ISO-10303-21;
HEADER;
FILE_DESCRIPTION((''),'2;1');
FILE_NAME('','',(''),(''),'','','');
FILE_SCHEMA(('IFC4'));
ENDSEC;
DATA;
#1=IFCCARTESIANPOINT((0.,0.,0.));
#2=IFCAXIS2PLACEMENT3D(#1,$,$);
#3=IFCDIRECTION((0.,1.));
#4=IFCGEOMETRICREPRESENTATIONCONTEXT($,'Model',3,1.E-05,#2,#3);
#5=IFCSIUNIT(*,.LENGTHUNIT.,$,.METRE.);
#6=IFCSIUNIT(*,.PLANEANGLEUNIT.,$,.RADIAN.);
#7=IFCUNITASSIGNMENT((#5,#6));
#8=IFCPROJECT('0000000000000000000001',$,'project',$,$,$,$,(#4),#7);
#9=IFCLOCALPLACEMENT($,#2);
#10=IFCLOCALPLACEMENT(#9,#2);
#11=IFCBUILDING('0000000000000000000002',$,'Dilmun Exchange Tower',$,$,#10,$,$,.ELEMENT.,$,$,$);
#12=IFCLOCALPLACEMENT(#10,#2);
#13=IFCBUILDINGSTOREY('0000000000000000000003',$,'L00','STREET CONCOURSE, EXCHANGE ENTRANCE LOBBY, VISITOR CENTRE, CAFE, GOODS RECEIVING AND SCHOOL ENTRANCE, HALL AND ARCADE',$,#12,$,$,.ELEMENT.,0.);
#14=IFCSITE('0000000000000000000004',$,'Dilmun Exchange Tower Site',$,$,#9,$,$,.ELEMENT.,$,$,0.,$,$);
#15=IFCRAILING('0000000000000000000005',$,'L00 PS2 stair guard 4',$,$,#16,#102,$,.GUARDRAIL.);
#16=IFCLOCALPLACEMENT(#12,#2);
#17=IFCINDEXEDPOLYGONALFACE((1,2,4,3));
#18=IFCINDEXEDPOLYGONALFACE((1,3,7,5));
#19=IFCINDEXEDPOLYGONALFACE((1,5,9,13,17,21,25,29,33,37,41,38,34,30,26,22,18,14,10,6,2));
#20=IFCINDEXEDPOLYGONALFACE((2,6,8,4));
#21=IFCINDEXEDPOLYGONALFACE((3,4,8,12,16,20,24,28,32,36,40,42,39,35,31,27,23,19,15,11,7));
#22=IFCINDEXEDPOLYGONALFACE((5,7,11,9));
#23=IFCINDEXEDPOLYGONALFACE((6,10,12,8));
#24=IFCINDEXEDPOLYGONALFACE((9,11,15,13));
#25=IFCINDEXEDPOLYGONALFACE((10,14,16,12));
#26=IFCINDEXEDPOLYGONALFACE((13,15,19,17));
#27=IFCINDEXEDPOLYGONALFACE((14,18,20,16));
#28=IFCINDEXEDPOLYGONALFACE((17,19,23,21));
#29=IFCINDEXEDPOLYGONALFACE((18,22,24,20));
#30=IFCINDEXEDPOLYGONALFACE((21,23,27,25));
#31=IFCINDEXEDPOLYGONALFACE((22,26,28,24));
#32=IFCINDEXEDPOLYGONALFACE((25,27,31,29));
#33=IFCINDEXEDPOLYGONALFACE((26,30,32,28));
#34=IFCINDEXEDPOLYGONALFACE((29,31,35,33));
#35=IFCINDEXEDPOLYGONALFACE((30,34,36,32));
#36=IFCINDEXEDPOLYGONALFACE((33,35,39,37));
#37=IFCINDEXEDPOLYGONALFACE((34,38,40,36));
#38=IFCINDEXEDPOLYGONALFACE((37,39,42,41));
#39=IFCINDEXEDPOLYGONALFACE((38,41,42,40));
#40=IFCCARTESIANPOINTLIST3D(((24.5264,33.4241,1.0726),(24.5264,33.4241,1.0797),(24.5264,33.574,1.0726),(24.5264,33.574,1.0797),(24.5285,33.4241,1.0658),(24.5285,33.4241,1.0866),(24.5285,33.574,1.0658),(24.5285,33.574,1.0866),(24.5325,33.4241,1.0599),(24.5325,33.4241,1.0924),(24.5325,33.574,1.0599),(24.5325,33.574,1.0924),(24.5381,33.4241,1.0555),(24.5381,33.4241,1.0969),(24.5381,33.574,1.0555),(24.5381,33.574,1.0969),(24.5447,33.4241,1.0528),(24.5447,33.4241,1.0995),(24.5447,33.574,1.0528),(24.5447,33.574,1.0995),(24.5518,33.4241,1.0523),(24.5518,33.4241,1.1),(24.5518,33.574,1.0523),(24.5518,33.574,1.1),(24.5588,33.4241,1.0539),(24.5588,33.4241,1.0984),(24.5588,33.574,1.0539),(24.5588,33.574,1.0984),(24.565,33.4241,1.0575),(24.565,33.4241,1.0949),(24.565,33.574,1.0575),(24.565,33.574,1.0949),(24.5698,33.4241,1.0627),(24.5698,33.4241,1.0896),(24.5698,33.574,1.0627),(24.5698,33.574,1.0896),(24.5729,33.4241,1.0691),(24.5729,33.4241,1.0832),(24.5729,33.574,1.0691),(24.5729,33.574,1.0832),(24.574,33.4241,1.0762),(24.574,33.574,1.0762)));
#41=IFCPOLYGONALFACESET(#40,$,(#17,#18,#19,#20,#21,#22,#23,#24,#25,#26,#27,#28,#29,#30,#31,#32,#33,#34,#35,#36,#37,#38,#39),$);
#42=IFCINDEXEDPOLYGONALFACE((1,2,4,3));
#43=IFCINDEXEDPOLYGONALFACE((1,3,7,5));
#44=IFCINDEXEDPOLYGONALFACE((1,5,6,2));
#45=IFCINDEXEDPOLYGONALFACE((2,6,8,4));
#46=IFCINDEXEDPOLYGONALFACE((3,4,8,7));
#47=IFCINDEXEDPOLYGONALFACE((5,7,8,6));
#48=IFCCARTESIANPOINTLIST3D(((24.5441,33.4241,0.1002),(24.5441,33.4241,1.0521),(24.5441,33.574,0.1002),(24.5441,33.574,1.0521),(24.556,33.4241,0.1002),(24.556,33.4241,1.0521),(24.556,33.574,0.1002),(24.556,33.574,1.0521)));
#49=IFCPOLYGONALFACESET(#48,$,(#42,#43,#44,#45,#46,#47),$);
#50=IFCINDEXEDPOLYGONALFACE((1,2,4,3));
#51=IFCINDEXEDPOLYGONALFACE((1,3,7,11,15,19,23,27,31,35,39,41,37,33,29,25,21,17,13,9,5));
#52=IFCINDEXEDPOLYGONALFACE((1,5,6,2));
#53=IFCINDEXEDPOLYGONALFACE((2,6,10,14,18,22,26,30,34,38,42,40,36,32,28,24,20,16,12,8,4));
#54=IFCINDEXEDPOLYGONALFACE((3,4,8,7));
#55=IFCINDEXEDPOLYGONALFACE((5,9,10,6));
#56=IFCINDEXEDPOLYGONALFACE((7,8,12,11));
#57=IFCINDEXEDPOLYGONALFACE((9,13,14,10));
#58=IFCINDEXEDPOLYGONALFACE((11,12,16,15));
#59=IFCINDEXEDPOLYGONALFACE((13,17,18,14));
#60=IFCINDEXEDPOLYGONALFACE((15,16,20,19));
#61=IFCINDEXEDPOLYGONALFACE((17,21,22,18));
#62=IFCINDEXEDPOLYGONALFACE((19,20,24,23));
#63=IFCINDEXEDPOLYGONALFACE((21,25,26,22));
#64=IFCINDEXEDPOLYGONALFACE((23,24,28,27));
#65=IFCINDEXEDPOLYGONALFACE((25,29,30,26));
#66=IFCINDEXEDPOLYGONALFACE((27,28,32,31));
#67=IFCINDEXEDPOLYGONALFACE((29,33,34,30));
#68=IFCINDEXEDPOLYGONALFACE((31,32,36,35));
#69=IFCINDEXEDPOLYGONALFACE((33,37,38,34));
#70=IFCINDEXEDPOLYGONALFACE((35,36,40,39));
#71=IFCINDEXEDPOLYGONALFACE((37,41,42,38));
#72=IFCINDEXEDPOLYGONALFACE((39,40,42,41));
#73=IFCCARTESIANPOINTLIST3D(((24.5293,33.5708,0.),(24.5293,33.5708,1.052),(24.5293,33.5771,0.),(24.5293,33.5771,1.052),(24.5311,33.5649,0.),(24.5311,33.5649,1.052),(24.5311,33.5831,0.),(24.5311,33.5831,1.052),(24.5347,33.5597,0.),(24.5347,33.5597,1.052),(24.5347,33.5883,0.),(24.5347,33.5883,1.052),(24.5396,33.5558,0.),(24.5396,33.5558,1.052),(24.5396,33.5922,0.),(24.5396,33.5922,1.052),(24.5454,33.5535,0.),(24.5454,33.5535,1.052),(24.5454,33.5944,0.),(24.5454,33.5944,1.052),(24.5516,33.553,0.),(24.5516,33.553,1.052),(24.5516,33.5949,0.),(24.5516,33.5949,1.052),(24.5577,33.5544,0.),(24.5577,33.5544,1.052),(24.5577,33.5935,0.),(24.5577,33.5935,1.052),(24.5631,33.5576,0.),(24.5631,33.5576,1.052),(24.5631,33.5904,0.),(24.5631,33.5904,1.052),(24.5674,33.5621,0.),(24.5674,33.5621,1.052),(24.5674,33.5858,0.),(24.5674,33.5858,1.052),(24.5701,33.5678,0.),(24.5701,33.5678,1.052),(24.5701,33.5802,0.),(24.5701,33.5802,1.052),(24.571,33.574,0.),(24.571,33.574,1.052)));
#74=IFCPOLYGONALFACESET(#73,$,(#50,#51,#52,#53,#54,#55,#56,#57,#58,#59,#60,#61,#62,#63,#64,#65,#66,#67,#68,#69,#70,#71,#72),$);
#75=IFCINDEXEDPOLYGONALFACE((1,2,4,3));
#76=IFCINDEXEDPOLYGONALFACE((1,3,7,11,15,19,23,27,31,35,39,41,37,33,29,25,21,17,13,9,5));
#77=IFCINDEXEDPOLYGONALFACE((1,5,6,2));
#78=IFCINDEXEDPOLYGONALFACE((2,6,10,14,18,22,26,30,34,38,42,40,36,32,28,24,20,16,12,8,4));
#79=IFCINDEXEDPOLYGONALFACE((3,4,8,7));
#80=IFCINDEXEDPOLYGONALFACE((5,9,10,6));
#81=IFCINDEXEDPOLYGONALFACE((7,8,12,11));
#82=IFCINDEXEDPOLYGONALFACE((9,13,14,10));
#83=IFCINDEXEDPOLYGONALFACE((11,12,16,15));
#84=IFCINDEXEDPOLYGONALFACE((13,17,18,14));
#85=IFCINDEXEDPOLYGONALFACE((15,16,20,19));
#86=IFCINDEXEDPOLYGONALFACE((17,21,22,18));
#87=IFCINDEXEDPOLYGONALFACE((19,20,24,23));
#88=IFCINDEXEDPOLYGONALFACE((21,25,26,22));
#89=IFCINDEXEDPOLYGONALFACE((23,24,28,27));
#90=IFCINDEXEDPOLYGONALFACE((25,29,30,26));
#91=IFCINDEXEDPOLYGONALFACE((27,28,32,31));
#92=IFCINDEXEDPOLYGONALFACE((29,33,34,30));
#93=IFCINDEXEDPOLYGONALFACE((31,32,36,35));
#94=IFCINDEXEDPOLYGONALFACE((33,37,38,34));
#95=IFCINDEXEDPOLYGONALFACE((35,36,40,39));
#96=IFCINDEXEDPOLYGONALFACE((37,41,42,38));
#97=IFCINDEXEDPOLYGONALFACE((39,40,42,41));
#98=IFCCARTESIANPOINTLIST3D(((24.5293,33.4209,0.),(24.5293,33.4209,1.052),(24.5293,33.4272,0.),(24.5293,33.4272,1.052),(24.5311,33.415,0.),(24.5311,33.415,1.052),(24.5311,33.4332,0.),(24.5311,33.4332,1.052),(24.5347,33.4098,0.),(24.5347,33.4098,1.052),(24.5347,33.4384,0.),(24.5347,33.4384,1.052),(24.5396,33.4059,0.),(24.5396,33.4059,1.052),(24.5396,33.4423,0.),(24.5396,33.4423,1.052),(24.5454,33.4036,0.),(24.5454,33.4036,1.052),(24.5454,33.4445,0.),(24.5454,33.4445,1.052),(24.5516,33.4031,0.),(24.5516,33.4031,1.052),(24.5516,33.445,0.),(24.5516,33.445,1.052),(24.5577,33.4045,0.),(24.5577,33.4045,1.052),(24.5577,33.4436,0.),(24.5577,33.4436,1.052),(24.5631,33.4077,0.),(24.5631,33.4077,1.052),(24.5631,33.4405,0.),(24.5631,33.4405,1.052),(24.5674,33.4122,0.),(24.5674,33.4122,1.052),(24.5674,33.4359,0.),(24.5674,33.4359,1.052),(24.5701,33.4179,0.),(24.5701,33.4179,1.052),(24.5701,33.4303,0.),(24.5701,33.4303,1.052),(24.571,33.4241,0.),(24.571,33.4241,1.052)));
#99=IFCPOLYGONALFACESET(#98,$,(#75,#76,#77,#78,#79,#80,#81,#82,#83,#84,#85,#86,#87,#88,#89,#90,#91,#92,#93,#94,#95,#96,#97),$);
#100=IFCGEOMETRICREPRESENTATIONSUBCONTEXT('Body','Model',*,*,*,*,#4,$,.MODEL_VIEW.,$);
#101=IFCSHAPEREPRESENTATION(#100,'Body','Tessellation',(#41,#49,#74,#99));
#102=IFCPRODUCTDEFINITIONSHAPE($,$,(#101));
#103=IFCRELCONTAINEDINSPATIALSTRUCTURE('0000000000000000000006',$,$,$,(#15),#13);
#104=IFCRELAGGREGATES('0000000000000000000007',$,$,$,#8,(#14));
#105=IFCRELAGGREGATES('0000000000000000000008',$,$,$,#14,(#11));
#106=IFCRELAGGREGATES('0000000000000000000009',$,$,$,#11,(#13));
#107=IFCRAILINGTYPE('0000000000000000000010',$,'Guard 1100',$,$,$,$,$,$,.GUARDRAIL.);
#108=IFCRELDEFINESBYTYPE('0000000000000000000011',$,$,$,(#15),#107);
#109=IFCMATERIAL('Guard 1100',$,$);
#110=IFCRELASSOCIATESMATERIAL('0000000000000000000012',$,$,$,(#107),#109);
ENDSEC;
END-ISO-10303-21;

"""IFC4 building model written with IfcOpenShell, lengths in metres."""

from ifc_helpers import new_model, si_unit, direction, frame, origin, origin_2d, place, context, subcontext, project, spatial, rectangle, circle, extrude, material, type_object, element, save


model = new_model("IFC4")

# Units and contexts
model_context = context("Model", 3, precision=1e-05, world=origin(), true_north=direction((0.0, 1.0)))
body_context = subcontext(model_context, "Body", "Model", "MODEL_VIEW")
ifc_project = project(units=[si_unit("LENGTHUNIT", "METRE"), si_unit("PLANEANGLEUNIT", "RADIAN")], contexts=[model_context])

# Site, building, storey
site_placement = place(None, origin())
site = spatial("IfcSite", under=ifc_project, at=site_placement, Name="Dilmun Exchange Tower Site", CompositionType="ELEMENT", RefElevation=0.0)
building_placement = place(site_placement, origin())
building = spatial("IfcBuilding", under=site, at=building_placement, Name="Dilmun Exchange Tower", CompositionType="ELEMENT")
storey_placement = place(building_placement, origin())
storey = spatial("IfcBuildingStorey", under=building, at=storey_placement, Name="L00", Description="STREET CONCOURSE, EXCHANGE ENTRANCE LOBBY, VISITOR CENTRE, CAFE, GOODS RECEIVING AND SCHOOL ENTRANCE, HALL AND ARCADE", CompositionType="ELEMENT", Elevation=0.0)

# Railing
ifc_material_1 = material(Name="Guard 1100")
railing_type_1 = type_object("IfcRailingType", Name="Guard 1100", PredefinedType="GUARDRAIL", material=ifc_material_1)
railing_1_placement = place(storey_placement, frame((24.55, 33.574, 0.0)))
element("IfcRailing", 1, at=railing_1_placement, inside=storey, type_object=railing_type_1, Name="L00 PS2 stair guard 4", PredefinedType="GUARDRAIL", context=body_context, shape_type="SweptSolid", body=[
    extrude(circle(Radius=0.0239, at=origin_2d()), frame((0.0, 0.0, 1.0762), z_axis=(0.0, -1.0, 0.0), x_axis=(1.0, 0.0, 0.0)), (0.0, 0.0, 1.0), 0.1499),
    extrude(rectangle(XDim=0.012, YDim=0.9519, at=origin_2d()), frame((0.0, 0.0, 0.5762), z_axis=(0.0, -1.0, 0.0), x_axis=(1.0, 0.0, 0.0)), (0.0, 0.0, 1.0), 0.1499),
    extrude(circle(Radius=0.021, at=origin_2d()), origin(), (0.0, 0.0, 1.0), 1.052),
    extrude(circle(Radius=0.021, at=origin_2d()), frame((0.0, -0.1499, 0.0)), (0.0, 0.0, 1.0), 1.052),
])

save(model, "model.ifc")
